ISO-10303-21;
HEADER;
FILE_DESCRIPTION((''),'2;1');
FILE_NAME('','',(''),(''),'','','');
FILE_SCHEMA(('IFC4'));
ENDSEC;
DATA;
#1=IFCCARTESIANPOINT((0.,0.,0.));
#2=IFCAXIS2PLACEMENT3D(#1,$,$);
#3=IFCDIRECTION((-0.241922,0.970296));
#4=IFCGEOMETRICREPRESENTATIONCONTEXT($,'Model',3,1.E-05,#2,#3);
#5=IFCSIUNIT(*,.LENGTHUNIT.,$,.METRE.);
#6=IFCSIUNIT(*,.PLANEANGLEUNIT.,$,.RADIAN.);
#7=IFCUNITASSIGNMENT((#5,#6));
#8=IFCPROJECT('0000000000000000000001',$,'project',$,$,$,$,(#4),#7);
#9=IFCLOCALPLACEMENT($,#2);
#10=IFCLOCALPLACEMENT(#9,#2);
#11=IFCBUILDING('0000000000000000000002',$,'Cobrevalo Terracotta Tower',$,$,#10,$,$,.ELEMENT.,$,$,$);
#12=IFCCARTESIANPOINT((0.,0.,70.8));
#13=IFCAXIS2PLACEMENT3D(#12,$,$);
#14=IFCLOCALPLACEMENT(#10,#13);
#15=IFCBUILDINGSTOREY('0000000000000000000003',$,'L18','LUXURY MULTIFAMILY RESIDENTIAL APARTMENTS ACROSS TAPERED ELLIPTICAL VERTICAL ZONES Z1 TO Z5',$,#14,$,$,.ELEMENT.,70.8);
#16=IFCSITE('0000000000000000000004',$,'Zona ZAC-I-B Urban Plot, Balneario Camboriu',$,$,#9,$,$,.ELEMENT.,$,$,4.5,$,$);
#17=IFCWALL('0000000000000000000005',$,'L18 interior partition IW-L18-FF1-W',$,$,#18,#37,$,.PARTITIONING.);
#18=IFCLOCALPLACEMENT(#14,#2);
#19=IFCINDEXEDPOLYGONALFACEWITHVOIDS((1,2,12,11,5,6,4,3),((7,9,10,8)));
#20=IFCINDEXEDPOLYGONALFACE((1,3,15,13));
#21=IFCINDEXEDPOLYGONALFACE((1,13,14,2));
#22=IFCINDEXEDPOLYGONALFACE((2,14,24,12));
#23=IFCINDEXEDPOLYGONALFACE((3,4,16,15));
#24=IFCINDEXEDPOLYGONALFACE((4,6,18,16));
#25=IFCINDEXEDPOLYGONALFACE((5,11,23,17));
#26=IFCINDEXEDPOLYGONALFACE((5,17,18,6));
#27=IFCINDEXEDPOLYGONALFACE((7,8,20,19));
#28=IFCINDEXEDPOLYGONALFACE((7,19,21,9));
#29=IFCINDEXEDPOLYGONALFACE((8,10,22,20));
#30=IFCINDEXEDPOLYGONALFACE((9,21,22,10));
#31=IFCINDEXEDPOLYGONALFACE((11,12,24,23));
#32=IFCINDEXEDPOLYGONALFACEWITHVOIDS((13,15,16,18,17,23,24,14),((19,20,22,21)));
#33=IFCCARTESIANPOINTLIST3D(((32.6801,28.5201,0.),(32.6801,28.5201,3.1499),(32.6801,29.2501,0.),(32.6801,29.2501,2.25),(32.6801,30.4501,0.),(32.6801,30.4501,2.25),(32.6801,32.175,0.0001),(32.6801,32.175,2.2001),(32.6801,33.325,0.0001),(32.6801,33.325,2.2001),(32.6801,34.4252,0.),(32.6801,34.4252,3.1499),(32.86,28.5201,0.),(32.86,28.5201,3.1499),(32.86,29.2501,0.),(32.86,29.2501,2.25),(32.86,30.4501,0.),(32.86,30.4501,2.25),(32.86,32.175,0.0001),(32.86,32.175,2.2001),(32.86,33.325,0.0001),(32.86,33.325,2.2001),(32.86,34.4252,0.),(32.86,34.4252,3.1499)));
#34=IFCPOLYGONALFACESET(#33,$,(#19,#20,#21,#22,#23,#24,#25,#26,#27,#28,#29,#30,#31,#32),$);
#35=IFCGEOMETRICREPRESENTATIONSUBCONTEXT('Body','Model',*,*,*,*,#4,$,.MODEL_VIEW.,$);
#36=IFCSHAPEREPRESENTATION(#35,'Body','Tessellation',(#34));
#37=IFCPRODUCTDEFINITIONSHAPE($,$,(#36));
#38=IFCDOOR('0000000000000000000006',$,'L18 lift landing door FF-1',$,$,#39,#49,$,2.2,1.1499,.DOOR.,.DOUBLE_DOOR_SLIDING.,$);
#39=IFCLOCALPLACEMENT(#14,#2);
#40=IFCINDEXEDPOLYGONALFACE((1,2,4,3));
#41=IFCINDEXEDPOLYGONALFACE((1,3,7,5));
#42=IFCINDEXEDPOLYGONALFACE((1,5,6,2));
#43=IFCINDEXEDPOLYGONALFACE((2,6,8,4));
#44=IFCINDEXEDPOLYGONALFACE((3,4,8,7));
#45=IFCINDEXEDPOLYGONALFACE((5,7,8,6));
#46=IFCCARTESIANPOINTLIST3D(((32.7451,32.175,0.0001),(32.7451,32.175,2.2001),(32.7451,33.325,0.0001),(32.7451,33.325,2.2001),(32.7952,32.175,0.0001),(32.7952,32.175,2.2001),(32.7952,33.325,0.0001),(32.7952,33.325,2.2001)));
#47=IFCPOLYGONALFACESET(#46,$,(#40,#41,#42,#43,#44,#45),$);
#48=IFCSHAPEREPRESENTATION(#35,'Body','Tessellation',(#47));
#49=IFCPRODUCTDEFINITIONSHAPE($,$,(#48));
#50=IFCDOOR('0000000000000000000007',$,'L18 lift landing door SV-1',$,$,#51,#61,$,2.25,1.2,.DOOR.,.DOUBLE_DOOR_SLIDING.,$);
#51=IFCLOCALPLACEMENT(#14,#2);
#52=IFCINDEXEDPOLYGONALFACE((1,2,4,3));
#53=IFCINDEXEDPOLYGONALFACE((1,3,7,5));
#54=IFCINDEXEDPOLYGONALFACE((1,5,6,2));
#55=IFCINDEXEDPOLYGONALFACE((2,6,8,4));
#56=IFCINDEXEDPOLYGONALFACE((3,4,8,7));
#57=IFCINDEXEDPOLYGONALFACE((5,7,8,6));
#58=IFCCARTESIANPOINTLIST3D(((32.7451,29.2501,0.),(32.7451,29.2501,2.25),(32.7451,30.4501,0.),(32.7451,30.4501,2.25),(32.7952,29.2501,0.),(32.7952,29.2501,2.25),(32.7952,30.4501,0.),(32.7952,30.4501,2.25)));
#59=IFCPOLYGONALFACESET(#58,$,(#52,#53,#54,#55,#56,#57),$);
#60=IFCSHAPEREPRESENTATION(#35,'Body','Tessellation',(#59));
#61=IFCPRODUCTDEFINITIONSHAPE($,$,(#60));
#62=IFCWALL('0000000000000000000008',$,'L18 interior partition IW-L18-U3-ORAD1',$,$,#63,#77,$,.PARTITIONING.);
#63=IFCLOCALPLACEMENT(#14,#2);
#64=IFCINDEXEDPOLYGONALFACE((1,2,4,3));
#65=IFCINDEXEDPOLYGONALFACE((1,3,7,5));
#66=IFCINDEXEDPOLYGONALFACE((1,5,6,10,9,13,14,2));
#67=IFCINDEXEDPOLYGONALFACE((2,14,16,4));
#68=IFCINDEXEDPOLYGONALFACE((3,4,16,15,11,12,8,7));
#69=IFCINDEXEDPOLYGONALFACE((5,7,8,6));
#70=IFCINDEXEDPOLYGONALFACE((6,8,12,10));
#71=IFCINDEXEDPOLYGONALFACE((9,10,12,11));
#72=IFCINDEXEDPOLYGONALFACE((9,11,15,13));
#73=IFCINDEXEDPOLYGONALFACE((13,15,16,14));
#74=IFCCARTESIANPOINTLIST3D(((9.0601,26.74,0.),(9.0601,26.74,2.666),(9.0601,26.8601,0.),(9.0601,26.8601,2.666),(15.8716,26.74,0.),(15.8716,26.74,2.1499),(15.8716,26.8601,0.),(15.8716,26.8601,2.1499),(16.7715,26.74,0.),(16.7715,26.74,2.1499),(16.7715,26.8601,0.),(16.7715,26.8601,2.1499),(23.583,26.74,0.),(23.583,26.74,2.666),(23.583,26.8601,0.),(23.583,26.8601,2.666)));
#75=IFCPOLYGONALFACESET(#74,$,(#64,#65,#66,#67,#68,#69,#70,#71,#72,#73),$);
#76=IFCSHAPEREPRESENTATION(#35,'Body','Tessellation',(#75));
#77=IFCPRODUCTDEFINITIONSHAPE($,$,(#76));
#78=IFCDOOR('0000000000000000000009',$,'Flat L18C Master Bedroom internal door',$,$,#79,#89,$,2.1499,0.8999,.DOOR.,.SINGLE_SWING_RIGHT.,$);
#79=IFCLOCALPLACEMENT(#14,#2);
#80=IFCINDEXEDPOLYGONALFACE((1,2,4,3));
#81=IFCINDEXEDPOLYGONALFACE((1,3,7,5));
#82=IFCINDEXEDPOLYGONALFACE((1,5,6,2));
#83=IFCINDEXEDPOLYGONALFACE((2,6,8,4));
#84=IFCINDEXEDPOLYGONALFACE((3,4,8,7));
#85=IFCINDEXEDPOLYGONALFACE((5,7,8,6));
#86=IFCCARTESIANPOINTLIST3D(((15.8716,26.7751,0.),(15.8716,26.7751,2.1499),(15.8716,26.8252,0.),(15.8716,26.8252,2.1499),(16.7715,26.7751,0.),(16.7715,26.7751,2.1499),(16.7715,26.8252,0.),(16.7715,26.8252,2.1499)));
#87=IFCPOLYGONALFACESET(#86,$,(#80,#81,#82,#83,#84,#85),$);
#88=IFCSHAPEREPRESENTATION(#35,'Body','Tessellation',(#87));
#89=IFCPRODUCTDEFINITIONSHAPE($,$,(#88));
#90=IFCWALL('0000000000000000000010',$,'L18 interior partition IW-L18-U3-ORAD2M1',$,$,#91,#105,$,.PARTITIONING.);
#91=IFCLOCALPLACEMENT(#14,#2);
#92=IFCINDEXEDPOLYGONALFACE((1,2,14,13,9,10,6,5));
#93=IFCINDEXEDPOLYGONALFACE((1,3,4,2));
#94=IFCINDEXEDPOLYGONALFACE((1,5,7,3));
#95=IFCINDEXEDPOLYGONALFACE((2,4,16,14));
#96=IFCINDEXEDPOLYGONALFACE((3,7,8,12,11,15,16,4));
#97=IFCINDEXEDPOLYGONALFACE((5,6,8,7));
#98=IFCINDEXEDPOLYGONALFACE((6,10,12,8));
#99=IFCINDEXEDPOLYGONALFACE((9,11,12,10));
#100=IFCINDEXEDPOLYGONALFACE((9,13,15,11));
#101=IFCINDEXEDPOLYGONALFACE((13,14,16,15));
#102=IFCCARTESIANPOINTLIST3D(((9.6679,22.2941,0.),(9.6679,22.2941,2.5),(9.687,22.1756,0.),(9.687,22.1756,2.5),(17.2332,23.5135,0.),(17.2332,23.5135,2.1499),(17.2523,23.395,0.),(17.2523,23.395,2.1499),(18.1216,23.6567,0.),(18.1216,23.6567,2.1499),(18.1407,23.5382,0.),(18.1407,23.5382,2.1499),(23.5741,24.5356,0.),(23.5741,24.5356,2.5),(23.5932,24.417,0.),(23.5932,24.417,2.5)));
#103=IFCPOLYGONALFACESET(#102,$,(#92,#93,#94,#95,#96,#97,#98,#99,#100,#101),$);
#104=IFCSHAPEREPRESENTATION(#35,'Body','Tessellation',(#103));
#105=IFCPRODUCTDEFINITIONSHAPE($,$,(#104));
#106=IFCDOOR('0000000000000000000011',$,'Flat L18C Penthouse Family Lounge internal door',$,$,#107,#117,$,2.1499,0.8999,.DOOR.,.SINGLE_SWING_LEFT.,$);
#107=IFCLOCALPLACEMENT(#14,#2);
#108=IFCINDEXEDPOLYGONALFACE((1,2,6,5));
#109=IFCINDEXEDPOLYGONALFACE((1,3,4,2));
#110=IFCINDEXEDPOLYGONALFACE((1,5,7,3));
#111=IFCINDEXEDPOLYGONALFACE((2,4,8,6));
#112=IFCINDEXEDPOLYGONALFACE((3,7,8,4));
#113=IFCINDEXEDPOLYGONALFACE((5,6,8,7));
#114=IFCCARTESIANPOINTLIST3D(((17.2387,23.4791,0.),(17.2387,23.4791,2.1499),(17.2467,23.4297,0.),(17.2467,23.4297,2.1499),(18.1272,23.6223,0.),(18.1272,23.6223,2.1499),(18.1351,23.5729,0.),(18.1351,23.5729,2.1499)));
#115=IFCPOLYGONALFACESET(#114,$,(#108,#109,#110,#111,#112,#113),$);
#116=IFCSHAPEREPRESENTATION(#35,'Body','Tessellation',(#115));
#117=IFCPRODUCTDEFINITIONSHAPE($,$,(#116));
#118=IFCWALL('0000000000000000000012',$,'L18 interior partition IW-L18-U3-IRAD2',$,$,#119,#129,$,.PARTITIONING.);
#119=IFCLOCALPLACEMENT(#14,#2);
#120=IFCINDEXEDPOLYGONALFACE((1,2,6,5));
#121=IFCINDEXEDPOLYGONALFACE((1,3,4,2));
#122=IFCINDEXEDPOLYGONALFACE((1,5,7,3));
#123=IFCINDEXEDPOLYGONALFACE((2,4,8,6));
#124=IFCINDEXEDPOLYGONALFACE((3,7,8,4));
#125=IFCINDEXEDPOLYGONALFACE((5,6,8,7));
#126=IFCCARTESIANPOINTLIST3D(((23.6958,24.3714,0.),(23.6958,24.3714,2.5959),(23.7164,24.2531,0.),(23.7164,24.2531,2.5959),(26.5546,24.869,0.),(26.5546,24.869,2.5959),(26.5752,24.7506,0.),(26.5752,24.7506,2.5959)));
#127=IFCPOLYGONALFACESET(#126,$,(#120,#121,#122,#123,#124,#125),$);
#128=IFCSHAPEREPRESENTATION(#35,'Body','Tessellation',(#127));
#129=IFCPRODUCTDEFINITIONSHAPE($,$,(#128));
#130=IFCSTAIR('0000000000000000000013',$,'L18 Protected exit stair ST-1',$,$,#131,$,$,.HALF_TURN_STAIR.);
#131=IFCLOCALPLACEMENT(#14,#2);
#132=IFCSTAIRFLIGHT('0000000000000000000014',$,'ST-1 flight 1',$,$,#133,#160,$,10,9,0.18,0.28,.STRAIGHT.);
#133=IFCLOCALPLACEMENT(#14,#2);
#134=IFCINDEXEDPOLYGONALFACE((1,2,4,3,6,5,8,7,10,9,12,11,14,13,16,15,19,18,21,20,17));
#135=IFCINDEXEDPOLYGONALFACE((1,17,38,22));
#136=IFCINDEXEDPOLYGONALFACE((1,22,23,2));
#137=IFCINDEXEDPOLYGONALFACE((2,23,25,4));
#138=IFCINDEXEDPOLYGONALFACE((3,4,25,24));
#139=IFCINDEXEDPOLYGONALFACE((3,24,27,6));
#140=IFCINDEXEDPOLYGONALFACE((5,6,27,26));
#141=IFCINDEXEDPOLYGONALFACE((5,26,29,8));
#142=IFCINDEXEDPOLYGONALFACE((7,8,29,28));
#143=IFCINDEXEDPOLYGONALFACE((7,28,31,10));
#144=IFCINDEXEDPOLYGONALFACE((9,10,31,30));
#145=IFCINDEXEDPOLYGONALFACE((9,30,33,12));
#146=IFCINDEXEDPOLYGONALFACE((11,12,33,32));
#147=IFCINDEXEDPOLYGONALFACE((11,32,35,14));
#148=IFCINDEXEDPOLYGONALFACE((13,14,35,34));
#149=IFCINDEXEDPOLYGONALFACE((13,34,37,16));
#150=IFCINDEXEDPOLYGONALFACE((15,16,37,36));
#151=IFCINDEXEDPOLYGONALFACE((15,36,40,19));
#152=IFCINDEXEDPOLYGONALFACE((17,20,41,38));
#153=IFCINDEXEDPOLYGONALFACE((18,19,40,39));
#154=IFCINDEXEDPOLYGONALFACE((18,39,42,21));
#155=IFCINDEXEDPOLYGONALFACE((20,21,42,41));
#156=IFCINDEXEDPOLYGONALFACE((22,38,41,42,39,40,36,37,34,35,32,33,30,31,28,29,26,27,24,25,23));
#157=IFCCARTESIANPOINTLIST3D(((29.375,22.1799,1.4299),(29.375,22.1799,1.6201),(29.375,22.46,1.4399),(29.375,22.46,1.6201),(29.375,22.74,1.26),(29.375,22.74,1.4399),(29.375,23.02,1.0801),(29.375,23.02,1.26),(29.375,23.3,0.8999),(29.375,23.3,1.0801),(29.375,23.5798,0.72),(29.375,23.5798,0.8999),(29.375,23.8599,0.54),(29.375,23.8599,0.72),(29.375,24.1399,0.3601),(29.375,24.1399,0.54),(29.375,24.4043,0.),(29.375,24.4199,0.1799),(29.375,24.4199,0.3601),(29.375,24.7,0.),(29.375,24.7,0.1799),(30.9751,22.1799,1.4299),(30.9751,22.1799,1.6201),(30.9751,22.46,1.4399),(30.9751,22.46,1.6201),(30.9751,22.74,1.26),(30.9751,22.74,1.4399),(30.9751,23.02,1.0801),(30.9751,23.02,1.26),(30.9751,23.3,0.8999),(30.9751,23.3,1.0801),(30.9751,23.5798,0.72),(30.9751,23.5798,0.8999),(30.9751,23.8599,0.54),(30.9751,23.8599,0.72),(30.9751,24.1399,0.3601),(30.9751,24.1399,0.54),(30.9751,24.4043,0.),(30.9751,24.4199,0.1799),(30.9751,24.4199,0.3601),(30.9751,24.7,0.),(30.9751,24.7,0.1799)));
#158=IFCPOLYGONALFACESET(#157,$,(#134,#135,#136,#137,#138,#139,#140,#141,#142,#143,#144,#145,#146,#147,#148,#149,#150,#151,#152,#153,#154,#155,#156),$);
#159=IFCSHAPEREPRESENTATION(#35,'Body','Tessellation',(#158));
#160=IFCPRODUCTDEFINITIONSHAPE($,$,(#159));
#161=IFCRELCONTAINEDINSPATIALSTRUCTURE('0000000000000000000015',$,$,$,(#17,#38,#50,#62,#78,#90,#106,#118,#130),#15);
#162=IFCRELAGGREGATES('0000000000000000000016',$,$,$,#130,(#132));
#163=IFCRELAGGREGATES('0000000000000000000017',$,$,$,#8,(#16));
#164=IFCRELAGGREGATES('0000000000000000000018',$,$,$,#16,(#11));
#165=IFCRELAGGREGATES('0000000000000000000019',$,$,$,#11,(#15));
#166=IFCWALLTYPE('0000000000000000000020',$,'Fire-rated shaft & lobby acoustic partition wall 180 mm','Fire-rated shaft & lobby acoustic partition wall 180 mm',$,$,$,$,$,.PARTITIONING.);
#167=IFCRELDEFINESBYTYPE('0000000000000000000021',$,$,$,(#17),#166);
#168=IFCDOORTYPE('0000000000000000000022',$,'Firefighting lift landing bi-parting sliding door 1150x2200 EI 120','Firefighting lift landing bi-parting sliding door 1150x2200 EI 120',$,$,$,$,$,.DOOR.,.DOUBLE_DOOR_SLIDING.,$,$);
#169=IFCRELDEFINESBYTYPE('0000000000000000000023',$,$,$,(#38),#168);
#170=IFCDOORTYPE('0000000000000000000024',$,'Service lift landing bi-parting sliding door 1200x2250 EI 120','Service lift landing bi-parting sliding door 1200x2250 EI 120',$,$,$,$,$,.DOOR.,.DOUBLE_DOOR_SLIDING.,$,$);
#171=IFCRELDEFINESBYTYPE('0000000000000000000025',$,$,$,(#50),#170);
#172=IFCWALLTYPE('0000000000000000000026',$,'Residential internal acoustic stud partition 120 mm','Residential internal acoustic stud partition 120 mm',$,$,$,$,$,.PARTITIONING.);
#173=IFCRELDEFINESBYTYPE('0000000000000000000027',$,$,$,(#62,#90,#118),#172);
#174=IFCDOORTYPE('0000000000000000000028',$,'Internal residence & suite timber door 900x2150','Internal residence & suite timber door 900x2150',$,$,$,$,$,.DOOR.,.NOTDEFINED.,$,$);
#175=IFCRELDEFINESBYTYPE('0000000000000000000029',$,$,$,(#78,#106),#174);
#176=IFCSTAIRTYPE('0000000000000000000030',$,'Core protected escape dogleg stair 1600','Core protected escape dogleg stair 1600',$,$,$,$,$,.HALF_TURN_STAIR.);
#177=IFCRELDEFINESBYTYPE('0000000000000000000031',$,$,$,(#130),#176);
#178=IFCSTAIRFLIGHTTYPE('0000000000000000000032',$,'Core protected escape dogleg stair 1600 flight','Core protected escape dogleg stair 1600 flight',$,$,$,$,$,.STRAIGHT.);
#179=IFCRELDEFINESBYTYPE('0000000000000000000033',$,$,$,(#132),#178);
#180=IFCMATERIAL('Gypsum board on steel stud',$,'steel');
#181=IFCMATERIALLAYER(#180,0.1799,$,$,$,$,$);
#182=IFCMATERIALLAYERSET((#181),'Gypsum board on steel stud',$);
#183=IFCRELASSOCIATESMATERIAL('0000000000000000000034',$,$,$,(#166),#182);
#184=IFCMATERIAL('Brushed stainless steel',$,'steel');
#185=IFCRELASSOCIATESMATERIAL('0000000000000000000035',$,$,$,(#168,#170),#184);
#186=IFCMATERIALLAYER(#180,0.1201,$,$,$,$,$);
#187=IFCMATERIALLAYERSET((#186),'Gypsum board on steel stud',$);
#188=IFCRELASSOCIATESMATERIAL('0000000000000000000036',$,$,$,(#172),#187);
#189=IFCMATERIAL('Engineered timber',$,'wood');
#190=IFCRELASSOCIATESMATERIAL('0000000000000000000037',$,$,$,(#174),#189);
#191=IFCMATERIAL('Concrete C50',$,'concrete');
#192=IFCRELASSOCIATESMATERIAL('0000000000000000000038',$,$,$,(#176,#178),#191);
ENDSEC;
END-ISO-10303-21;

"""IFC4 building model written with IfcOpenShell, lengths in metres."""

from ifc_helpers import new_model, si_unit, direction, frame, frame_2d, origin, place, context, subcontext, project, spatial, polyline, rectangle, outline, extrude, source, transform, mapped, material, layer, layer_set, type_object, element, fill, aggregate, save


model = new_model("IFC4")

# Units and contexts
model_context = context("Model", 3, precision=1e-05, world=origin(), true_north=direction((-0.241922, 0.970296)))
body_context = subcontext(model_context, "Body", "Model", "MODEL_VIEW")
ifc_project = project(units=[si_unit("LENGTHUNIT", "METRE"), si_unit("PLANEANGLEUNIT", "RADIAN")], contexts=[model_context])

# Site, building, storey
site_placement = place(None, origin())
site = spatial("IfcSite", under=ifc_project, at=site_placement, Name="Zona ZAC-I-B Urban Plot, Balneario Camboriu", CompositionType="ELEMENT", RefElevation=4.5)
building_placement = place(site_placement, origin())
building = spatial("IfcBuilding", under=site, at=building_placement, Name="Cobrevalo Terracotta Tower", CompositionType="ELEMENT")
storey_placement = place(building_placement, frame((0.0, 0.0, 70.8)))
storey = spatial("IfcBuildingStorey", under=building, at=storey_placement, Name="L18", Description="LUXURY MULTIFAMILY RESIDENTIAL APARTMENTS ACROSS TAPERED ELLIPTICAL VERTICAL ZONES Z1 TO Z5", CompositionType="ELEMENT", Elevation=70.8)

# Shared definitions
ifc_material_1 = material(Name="Gypsum board on steel stud", Category="steel")

# Shared definitions
ifc_layer_1 = layer(ifc_material_1, 0.1799)
ifc_layer_set_1 = layer_set([ifc_layer_1], Name="Gypsum board on steel stud")
wall_type_1 = type_object("IfcWallType", Name="Fire-rated shaft & lobby acoustic partition wall 180 mm", Description="Fire-rated shaft & lobby acoustic partition wall 180 mm", PredefinedType="PARTITIONING", material=ifc_layer_set_1)

# Wall, openings, doors
wall_1_placement = place(storey_placement, frame((32.77, 28.52, 0.0), z_axis=(0.0, 0.0, 1.0), x_axis=(0.0, 1.0, 0.0)))
wall_1 = element("IfcWall", 1, at=wall_1_placement, inside=storey, type_object=wall_type_1, Name="L18 interior partition IW-L18-FF1-W", PredefinedType="PARTITIONING", context=body_context, shape_type="SweptSolid", body=[
    extrude(rectangle(XDim=5.905, YDim=0.1799, at=frame_2d((2.9526, 0.0))), origin(), (0.0, 0.0, 1.0), 3.1499),
])
opening_1_placement = place(wall_1_placement, frame((3.655, 0.0, 0.0)))
opening_1 = element("IfcOpeningElement", 2, at=opening_1_placement, cuts=wall_1, PredefinedType="OPENING", context=body_context, shape_type="SweptSolid", body=[
    extrude(rectangle(XDim=1.1499, YDim=2.2, at=frame_2d((0.575, 1.1001))), frame((0.0, 0.1001, 0.0), z_axis=(0.0, -1.0, 0.0), x_axis=(1.0, 0.0, 0.0)), (0.0, 0.0, 1.0), 0.2),
])
opening_2_placement = place(wall_1_placement, frame((0.73, 0.0, 0.0)))
opening_2 = element("IfcOpeningElement", 3, at=opening_2_placement, cuts=wall_1, PredefinedType="OPENING", context=body_context, shape_type="SweptSolid", body=[
    extrude(rectangle(XDim=1.2, YDim=2.25, at=frame_2d((0.6001, 1.125))), frame((0.0, 0.1001, 0.0), z_axis=(0.0, -1.0, 0.0), x_axis=(1.0, 0.0, 0.0)), (0.0, 0.0, 1.0), 0.2),
])
ifc_material_2 = material(Name="Brushed stainless steel", Category="steel")
door_type_1 = type_object("IfcDoorType", Name="Firefighting lift landing bi-parting sliding door 1150x2200 EI 120", Description="Firefighting lift landing bi-parting sliding door 1150x2200 EI 120", OperationType="DOUBLE_DOOR_SLIDING", PredefinedType="DOOR", material=ifc_material_2)
shared_shape_1 = source(origin(), body_context, "Body", "SweptSolid", [
    extrude(rectangle(XDim=1.1499, YDim=2.2, at=frame_2d((0.575, 1.1001))), frame((0.0, 0.0249, 0.0), z_axis=(0.0, -1.0, 0.0), x_axis=(1.0, 0.0, 0.0)), (0.0, 0.0, 1.0), 0.05),
])
door_1_placement = place(opening_1_placement, origin())
door_1 = element("IfcDoor", 4, at=door_1_placement, inside=storey, type_object=door_type_1, Name="L18 lift landing door FF-1", OperationType="DOUBLE_DOOR_SLIDING", OverallHeight=2.2, OverallWidth=1.1499, PredefinedType="DOOR", context=body_context, shape_type="MappedRepresentation", body=[
    mapped(shared_shape_1, transform((0.0, 0.0, 0.0), scale=1.0)),
])
fill(opening_1, door_1)
door_type_2 = type_object("IfcDoorType", Name="Service lift landing bi-parting sliding door 1200x2250 EI 120", Description="Service lift landing bi-parting sliding door 1200x2250 EI 120", OperationType="DOUBLE_DOOR_SLIDING", PredefinedType="DOOR", material=ifc_material_2)
shared_shape_2 = source(origin(), body_context, "Body", "SweptSolid", [
    extrude(rectangle(XDim=1.2, YDim=2.25, at=frame_2d((0.6001, 1.125))), frame((0.0, 0.0249, 0.0), z_axis=(0.0, -1.0, 0.0), x_axis=(1.0, 0.0, 0.0)), (0.0, 0.0, 1.0), 0.05),
])
door_2_placement = place(opening_2_placement, origin())
door_2 = element("IfcDoor", 5, at=door_2_placement, inside=storey, type_object=door_type_2, Name="L18 lift landing door SV-1", OperationType="DOUBLE_DOOR_SLIDING", OverallHeight=2.25, OverallWidth=1.2, PredefinedType="DOOR", context=body_context, shape_type="MappedRepresentation", body=[
    mapped(shared_shape_2, transform((0.0, 0.0, 0.0), scale=1.0)),
])
fill(opening_2, door_2)

# Walls, openings, doors
ifc_layer_2 = layer(ifc_material_1, 0.1201)
ifc_layer_set_2 = layer_set([ifc_layer_2], Name="Gypsum board on steel stud")
wall_type_2 = type_object("IfcWallType", Name="Residential internal acoustic stud partition 120 mm", Description="Residential internal acoustic stud partition 120 mm", PredefinedType="PARTITIONING", material=ifc_layer_set_2)
wall_2_placement = place(storey_placement, frame((23.583, 26.8, 0.0), z_axis=(0.0, 0.0, 1.0), x_axis=(-1.0, 0.0, 0.0)))
wall_2 = element("IfcWall", 6, at=wall_2_placement, inside=storey, type_object=wall_type_2, Name="L18 interior partition IW-L18-U3-ORAD1", PredefinedType="PARTITIONING", context=body_context, shape_type="SweptSolid", body=[
    extrude(rectangle(XDim=14.5229, YDim=0.1201, at=frame_2d((7.2615, 0.0))), origin(), (0.0, 0.0, 1.0), 2.666),
])
opening_3_placement = place(wall_2_placement, frame((6.8115, 0.0, 0.0)))
opening_3 = element("IfcOpeningElement", 7, at=opening_3_placement, cuts=wall_2, PredefinedType="OPENING", context=body_context, shape_type="SweptSolid", body=[
    extrude(rectangle(XDim=0.8999, YDim=2.1499, at=frame_2d((0.45, 1.075))), frame((0.0, 0.0701, 0.0), z_axis=(0.0, -1.0, 0.0), x_axis=(1.0, 0.0, 0.0)), (0.0, 0.0, 1.0), 0.1401),
])
ifc_material_3 = material(Name="Engineered timber", Category="wood")
door_type_3 = type_object("IfcDoorType", Name="Internal residence & suite timber door 900x2150", Description="Internal residence & suite timber door 900x2150", OperationType="NOTDEFINED", PredefinedType="DOOR", material=ifc_material_3)
shared_shape_3 = source(origin(), body_context, "Body", "SweptSolid", [
    extrude(rectangle(XDim=0.8999, YDim=2.1499, at=frame_2d((0.45, 1.075))), frame((0.0, 0.0249, 0.0), z_axis=(0.0, -1.0, 0.0), x_axis=(1.0, 0.0, 0.0)), (0.0, 0.0, 1.0), 0.05),
])
door_3_placement = place(opening_3_placement, origin())
door_3 = element("IfcDoor", 8, at=door_3_placement, inside=storey, type_object=door_type_3, Name="Flat L18C Master Bedroom internal door", OperationType="SINGLE_SWING_RIGHT", OverallHeight=2.1499, OverallWidth=0.8999, PredefinedType="DOOR", context=body_context, shape_type="MappedRepresentation", body=[
    mapped(shared_shape_3, transform((0.0, 0.0, 0.0), scale=1.0)),
])
fill(opening_3, door_3)
wall_3_placement = place(storey_placement, frame((23.5837, 24.4763, 0.0), z_axis=(0.0, 0.0, 1.0), x_axis=(-0.987258, -0.159129, 0.0)))
wall_3 = element("IfcWall", 9, at=wall_3_placement, inside=storey, type_object=wall_type_2, Name="L18 interior partition IW-L18-U3-ORAD2M1", PredefinedType="PARTITIONING", context=body_context, shape_type="SweptSolid", body=[
    extrude(rectangle(XDim=14.0857, YDim=0.1201, at=frame_2d((7.043, 0.0))), origin(), (0.0, 0.0, 1.0), 2.5),
])
opening_4_placement = place(wall_3_placement, frame((5.5229, 0.0, 0.0)))
opening_4 = element("IfcOpeningElement", 10, at=opening_4_placement, cuts=wall_3, PredefinedType="OPENING", context=body_context, shape_type="SweptSolid", body=[
    extrude(rectangle(XDim=0.8999, YDim=2.1499, at=frame_2d((0.45, 1.075))), frame((0.0, 0.0701, 0.0), z_axis=(0.0, -1.0, 0.0), x_axis=(1.0, 0.0, 0.0)), (0.0, 0.0, 1.0), 0.1401),
])
door_4_placement = place(opening_4_placement, origin())
door_4 = element("IfcDoor", 11, at=door_4_placement, inside=storey, type_object=door_type_3, Name="Flat L18C Penthouse Family Lounge internal door", OperationType="SINGLE_SWING_LEFT", OverallHeight=2.1499, OverallWidth=0.8999, PredefinedType="DOOR", context=body_context, shape_type="MappedRepresentation", body=[
    mapped(shared_shape_3, transform((0.0, 0.0, 0.0), scale=1.0)),
])
fill(opening_4, door_4)

# Wall
wall_4_placement = place(storey_placement, frame((26.5649, 24.8098, 0.0), z_axis=(0.0, 0.0, 1.0), x_axis=(-0.985191, -0.171462, 0.0)))
element("IfcWall", 12, at=wall_4_placement, inside=storey, type_object=wall_type_2, Name="L18 interior partition IW-L18-U3-IRAD2", PredefinedType="PARTITIONING", context=body_context, shape_type="SweptSolid", body=[
    extrude(rectangle(XDim=2.9019, YDim=0.1201, at=frame_2d((1.4509, 0.0))), origin(), (0.0, 0.0, 1.0), 2.5959),
])

# Shared definitions
ifc_material_4 = material(Name="Concrete C50", Category="concrete")

# Stair, stair flight
stair_type = type_object("IfcStairType", Name="Core protected escape dogleg stair 1600", Description="Core protected escape dogleg stair 1600", PredefinedType="HALF_TURN_STAIR", material=ifc_material_4)
stair_placement = place(storey_placement, origin())
stair = element("IfcStair", 13, at=stair_placement, inside=storey, type_object=stair_type, Name="L18 Protected exit stair ST-1", PredefinedType="HALF_TURN_STAIR")
stair_flight_type = type_object("IfcStairFlightType", Name="Core protected escape dogleg stair 1600 flight", Description="Core protected escape dogleg stair 1600 flight", PredefinedType="STRAIGHT", material=ifc_material_4)
stair_flight_placement = place(storey_placement, frame((30.175, 24.7, 0.0), z_axis=(0.0, 0.0, 1.0), x_axis=(0.0, -1.0, 0.0)))
stair_flight = element("IfcStairFlight", 14, at=stair_flight_placement, type_object=stair_flight_type, Name="ST-1 flight 1", NumberOfRisers=10, NumberOfTreads=9, PredefinedType="STRAIGHT", RiserHeight=0.18, TreadLength=0.28, context=body_context, shape_type="SweptSolid", body=[
    extrude(outline(polyline([(0.0, 0.0), (0.0, 0.1799), (0.28, 0.1799), (0.28, 0.3601), (0.5601, 0.3601), (0.5601, 0.54), (0.8401, 0.54), (0.8401, 0.72), (1.1201, 0.72), (1.1201, 0.8999), (1.3999, 0.8999), (1.3999, 1.0801), (1.6799, 1.0801), (1.6799, 1.26), (1.96, 1.26), (1.96, 1.4399), (2.24, 1.4399), (2.24, 1.6201), (2.52, 1.6201), (2.52, 1.8), (2.52, 1.4299), (0.2957, 0.0), (0.0, 0.0)])), frame((0.0, 0.8, 0.0), z_axis=(0.0, -1.0, 0.0), x_axis=(1.0, 0.0, 0.0)), (0.0, 0.0, 1.0), 1.6001),
])
aggregate(stair, [stair_flight])

save(model, "model.ifc")
